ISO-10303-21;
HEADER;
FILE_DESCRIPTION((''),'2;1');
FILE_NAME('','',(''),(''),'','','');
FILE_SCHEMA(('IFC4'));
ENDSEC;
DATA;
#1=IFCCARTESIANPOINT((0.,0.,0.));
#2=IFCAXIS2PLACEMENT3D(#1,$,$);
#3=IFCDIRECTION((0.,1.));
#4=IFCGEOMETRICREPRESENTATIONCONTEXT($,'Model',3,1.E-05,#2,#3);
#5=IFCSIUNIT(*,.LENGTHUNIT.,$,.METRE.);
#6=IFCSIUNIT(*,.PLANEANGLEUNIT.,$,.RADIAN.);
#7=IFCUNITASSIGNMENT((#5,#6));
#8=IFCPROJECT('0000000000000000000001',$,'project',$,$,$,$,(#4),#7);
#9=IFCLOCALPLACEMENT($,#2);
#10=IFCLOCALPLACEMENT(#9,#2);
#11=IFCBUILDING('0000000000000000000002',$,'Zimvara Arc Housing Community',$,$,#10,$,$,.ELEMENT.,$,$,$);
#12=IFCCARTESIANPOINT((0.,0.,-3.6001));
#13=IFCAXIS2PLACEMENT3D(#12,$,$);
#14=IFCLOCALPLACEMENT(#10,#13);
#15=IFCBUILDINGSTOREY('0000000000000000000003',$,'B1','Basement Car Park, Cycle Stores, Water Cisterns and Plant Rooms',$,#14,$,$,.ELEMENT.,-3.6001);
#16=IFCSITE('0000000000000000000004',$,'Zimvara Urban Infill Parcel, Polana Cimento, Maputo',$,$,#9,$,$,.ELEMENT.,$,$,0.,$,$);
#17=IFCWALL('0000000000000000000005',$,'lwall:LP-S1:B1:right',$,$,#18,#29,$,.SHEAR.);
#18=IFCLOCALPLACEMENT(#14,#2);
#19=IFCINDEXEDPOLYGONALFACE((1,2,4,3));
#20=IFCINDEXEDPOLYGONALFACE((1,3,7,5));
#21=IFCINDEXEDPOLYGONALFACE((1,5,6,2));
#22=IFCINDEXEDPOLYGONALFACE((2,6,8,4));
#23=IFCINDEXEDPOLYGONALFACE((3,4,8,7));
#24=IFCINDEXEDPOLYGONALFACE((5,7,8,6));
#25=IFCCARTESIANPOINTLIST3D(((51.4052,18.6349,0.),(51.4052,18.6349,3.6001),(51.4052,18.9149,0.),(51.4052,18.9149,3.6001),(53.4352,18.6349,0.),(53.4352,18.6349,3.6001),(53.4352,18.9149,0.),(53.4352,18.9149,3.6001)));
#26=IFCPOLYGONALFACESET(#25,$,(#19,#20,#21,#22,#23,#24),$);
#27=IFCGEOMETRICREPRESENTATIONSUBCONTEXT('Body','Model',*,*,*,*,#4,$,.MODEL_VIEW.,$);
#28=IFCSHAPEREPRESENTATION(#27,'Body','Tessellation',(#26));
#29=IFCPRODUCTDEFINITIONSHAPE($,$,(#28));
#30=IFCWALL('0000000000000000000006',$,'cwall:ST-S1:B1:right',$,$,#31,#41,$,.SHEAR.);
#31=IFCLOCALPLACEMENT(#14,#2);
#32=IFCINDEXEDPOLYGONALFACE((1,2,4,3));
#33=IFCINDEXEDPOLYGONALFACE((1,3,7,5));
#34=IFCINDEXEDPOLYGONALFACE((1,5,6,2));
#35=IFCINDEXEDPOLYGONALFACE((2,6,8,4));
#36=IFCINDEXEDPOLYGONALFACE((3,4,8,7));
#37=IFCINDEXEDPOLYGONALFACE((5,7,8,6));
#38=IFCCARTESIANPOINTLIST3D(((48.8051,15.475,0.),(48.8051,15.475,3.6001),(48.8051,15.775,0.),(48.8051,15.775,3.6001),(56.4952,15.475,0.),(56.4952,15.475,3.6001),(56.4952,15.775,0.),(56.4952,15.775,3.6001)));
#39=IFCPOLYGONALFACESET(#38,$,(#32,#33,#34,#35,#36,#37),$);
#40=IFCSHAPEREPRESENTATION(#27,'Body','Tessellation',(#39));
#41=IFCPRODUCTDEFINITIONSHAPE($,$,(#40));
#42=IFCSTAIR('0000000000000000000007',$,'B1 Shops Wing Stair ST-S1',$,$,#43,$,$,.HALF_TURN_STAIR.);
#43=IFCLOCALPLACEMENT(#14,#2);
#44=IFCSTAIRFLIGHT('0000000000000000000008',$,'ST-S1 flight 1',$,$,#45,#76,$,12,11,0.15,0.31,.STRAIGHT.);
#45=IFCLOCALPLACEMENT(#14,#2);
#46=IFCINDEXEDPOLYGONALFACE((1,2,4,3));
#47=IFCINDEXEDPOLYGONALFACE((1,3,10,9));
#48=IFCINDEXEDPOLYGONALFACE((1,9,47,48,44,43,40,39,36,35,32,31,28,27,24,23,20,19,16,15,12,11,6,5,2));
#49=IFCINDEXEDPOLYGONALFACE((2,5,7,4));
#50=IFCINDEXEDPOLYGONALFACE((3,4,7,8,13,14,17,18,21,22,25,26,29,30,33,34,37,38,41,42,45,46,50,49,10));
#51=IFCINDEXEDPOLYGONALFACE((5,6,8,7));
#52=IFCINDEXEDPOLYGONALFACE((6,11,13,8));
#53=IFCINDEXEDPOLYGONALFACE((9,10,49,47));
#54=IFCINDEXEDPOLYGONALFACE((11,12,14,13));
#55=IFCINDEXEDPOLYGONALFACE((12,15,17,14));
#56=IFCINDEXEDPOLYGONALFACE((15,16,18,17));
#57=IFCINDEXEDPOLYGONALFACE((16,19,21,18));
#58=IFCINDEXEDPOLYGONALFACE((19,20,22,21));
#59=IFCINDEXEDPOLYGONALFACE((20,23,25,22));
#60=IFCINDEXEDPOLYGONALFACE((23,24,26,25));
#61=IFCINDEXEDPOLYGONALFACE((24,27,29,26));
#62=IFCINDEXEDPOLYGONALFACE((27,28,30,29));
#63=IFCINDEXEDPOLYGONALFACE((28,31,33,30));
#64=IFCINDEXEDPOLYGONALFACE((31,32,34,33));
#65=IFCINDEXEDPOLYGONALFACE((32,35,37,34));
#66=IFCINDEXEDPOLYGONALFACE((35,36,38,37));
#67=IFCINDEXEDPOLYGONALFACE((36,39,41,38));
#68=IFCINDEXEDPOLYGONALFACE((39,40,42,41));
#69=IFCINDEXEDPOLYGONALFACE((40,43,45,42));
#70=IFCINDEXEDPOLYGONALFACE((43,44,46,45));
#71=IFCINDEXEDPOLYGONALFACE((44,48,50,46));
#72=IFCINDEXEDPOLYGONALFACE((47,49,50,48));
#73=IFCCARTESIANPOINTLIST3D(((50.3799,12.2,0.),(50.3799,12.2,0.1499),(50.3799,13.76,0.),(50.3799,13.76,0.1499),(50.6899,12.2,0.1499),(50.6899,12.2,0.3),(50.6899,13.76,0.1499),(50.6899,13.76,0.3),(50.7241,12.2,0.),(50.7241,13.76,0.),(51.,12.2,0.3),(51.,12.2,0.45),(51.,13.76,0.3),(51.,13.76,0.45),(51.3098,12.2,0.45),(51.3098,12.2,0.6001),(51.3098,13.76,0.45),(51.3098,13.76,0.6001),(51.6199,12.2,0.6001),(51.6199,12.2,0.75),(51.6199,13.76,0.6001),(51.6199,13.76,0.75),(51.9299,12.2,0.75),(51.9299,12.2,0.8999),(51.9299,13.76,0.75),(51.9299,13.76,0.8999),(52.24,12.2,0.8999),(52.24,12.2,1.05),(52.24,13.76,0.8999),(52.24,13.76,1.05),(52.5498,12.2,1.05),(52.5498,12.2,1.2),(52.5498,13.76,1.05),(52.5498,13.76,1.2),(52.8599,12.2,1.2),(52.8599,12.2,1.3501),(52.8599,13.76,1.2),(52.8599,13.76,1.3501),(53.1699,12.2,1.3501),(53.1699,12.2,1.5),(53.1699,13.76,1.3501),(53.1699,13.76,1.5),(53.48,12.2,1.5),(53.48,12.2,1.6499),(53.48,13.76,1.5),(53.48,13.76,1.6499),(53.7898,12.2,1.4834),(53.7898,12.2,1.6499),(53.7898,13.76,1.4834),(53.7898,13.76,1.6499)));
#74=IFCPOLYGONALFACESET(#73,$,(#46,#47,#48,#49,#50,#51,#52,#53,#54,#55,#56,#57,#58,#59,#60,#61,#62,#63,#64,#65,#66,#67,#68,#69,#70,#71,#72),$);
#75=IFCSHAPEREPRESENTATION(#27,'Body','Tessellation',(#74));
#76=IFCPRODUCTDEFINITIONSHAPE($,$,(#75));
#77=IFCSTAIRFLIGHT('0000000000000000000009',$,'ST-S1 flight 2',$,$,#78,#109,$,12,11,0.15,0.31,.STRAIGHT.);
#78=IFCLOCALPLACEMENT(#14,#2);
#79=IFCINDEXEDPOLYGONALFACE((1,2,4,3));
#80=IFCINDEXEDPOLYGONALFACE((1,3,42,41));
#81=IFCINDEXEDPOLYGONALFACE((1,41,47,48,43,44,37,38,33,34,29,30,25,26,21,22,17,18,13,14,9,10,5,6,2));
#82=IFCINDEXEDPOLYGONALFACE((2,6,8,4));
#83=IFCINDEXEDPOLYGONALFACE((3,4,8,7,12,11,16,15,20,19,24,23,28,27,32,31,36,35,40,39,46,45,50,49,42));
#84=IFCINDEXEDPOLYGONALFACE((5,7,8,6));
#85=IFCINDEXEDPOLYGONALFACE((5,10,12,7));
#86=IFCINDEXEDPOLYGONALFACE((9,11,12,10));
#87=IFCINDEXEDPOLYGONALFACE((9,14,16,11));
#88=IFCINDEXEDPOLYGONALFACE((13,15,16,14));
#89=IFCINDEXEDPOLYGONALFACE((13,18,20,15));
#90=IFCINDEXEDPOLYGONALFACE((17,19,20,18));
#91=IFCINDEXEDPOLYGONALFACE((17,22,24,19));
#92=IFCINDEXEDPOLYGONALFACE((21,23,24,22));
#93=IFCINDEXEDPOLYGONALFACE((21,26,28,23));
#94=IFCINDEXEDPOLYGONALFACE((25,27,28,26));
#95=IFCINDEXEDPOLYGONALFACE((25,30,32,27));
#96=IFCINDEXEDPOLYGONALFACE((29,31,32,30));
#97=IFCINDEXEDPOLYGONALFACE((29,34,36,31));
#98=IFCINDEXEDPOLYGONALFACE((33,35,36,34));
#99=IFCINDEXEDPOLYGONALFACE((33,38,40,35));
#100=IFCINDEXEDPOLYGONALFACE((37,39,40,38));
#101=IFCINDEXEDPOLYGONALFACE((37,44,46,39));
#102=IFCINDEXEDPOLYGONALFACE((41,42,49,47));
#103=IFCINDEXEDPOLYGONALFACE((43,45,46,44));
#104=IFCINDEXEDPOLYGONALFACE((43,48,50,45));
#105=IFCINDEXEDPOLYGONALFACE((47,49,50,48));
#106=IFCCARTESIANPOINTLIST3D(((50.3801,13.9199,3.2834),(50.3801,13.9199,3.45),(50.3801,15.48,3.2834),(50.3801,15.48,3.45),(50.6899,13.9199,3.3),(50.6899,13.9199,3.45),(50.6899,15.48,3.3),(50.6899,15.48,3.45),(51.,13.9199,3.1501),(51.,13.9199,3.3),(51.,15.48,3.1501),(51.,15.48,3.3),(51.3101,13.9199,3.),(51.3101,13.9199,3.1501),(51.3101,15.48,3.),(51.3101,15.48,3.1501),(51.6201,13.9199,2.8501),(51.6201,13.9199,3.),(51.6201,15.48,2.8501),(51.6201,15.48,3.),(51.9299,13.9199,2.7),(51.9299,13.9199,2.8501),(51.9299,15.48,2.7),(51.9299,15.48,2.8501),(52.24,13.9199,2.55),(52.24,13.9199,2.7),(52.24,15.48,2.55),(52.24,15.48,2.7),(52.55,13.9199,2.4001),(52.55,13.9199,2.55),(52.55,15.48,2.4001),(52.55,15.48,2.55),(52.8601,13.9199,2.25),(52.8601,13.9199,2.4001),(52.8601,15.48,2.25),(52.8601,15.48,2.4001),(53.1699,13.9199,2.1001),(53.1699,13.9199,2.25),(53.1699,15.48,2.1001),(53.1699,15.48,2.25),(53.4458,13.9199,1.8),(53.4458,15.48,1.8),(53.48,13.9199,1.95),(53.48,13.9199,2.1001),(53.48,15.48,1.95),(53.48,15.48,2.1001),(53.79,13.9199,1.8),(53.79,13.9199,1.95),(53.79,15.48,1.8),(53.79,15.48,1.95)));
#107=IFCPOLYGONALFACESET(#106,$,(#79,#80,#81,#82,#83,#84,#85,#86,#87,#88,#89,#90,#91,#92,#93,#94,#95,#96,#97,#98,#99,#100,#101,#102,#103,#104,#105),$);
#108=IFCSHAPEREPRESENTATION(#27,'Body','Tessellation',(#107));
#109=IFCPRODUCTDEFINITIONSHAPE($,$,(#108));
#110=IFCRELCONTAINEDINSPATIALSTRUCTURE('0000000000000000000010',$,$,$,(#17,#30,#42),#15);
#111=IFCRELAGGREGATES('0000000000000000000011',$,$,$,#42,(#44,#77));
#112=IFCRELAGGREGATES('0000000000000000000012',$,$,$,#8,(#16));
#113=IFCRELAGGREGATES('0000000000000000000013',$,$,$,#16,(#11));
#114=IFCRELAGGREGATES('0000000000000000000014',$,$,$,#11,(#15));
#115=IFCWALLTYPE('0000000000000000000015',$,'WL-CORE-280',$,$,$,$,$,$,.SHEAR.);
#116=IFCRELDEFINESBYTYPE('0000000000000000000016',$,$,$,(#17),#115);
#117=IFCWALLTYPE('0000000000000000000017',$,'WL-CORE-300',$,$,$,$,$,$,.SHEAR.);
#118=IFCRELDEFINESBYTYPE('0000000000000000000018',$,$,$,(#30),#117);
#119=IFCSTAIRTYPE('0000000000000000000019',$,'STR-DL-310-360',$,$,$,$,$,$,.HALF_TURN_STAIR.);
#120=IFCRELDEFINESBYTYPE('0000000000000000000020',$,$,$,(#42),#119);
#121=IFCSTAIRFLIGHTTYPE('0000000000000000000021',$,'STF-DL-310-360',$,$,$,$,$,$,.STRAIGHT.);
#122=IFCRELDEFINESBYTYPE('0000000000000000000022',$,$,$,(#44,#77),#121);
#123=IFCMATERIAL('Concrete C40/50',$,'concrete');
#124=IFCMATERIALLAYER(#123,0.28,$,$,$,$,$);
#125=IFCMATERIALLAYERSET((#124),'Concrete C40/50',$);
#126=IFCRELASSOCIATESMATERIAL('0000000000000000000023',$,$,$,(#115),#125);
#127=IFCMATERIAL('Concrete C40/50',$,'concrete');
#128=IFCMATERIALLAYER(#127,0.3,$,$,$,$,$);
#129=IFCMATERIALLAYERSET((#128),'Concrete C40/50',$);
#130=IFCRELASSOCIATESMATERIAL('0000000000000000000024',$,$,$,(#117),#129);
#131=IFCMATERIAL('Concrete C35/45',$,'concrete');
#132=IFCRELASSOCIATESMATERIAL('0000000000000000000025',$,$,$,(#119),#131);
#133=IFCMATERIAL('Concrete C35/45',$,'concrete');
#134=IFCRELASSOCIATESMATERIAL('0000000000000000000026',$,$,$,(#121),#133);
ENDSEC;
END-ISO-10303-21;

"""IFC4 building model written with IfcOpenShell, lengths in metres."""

from ifc_helpers import new_model, si_unit, direction, frame, frame_2d, origin, place, context, subcontext, project, spatial, polyline, rectangle, outline, extrude, material, layer, layer_set, type_object, element, aggregate, save


model = new_model("IFC4")

# Units and contexts
model_context = context("Model", 3, precision=1e-05, world=origin(), true_north=direction((0.0, 1.0)))
body_context = subcontext(model_context, "Body", "Model", "MODEL_VIEW")
ifc_project = project(units=[si_unit("LENGTHUNIT", "METRE"), si_unit("PLANEANGLEUNIT", "RADIAN")], contexts=[model_context])

# Site, building, storey
site_placement = place(None, origin())
site = spatial("IfcSite", under=ifc_project, at=site_placement, Name="Zimvara Urban Infill Parcel, Polana Cimento, Maputo", CompositionType="ELEMENT", RefElevation=0.0)
building_placement = place(site_placement, origin())
building = spatial("IfcBuilding", under=site, at=building_placement, Name="Zimvara Arc Housing Community", CompositionType="ELEMENT")
storey_placement = place(building_placement, frame((0.0, 0.0, -3.6001)))
storey = spatial("IfcBuildingStorey", under=building, at=storey_placement, Name="B1", Description="Basement Car Park, Cycle Stores, Water Cisterns and Plant Rooms", CompositionType="ELEMENT", Elevation=-3.6001)

# Shared definitions
ifc_material_1 = material(Name="Concrete C40/50", Category="concrete")
ifc_layer_1 = layer(ifc_material_1, 0.28)
ifc_layer_set_1 = layer_set([ifc_layer_1], Name="Concrete C40/50")
wall_type_1 = type_object("IfcWallType", Name="WL-CORE-280", PredefinedType="SHEAR", material=ifc_layer_set_1)

# Walls
for number, where, z_axis, x_axis, name in (
    (1, (51.405, 18.7749, 0.0), (0.0, 0.0, 1.0), (1.0, 0.0, 0.0), "lwall:LP-S1:B1:right"),
):
    element("IfcWall", number, at=place(storey_placement, frame(where, z_axis=z_axis, x_axis=x_axis)), inside=storey, type_object=wall_type_1, Name=name, PredefinedType="SHEAR", context=body_context, shape_type="SweptSolid", body=[
        extrude(rectangle(XDim=2.03, YDim=0.28, at=frame_2d((1.0151, 0.0))), origin(), (0.0, 0.0, 1.0), 3.6001),
    ])
ifc_material_2 = material(Name="Concrete C40/50", Category="concrete")
ifc_layer_2 = layer(ifc_material_2, 0.3)
ifc_layer_set_2 = layer_set([ifc_layer_2], Name="Concrete C40/50")
wall_type_2 = type_object("IfcWallType", Name="WL-CORE-300", PredefinedType="SHEAR", material=ifc_layer_set_2)
wall_1_placement = place(storey_placement, frame((48.8049, 15.625, 0.0), z_axis=(0.0, 0.0, 1.0), x_axis=(1.0, 0.0, 0.0)))
element("IfcWall", 2, at=wall_1_placement, inside=storey, type_object=wall_type_2, Name="cwall:ST-S1:B1:right", PredefinedType="SHEAR", context=body_context, shape_type="SweptSolid", body=[
    extrude(rectangle(XDim=7.6902, YDim=0.3, at=frame_2d((3.8452, 0.0))), origin(), (0.0, 0.0, 1.0), 3.6001),
])

# Stair, stair flights
ifc_material_3 = material(Name="Concrete C35/45", Category="concrete")
stair_type = type_object("IfcStairType", Name="STR-DL-310-360", PredefinedType="HALF_TURN_STAIR", material=ifc_material_3)
stair_placement = place(storey_placement, origin())
stair = element("IfcStair", 3, at=stair_placement, inside=storey, type_object=stair_type, Name="B1 Shops Wing Stair ST-S1", PredefinedType="HALF_TURN_STAIR")
ifc_material_4 = material(Name="Concrete C35/45", Category="concrete")
stair_flight_type = type_object("IfcStairFlightType", Name="STF-DL-310-360", PredefinedType="STRAIGHT", material=ifc_material_4)
stair_flight_1_placement = place(storey_placement, frame((50.3799, 12.98, 0.0), z_axis=(0.0, 0.0, 1.0), x_axis=(1.0, 0.0, 0.0)))
stair_flight_1 = element("IfcStairFlight", 4, at=stair_flight_1_placement, type_object=stair_flight_type, Name="ST-S1 flight 1", NumberOfRisers=12, NumberOfTreads=11, PredefinedType="STRAIGHT", RiserHeight=0.15, TreadLength=0.31, context=body_context, shape_type="SweptSolid", body=[
    extrude(outline(polyline([(0.0, 0.0), (0.0, 0.1499), (0.3101, 0.1499), (0.3101, 0.3), (0.6201, 0.3), (0.6201, 0.45), (0.9299, 0.45), (0.9299, 0.6001), (1.24, 0.6001), (1.24, 0.75), (1.55, 0.75), (1.55, 0.8999), (1.8601, 0.8999), (1.8601, 1.05), (2.1699, 1.05), (2.1699, 1.2), (2.48, 1.2), (2.48, 1.3501), (2.79, 1.3501), (2.79, 1.5), (3.1001, 1.5), (3.1001, 1.6499), (3.4099, 1.6499), (3.4099, 1.8), (3.4099, 1.4834), (0.3442, 0.0), (0.0, 0.0)])), frame((0.0, 0.78, 0.0), z_axis=(0.0, -1.0, 0.0), x_axis=(1.0, 0.0, 0.0)), (0.0, 0.0, 1.0), 1.5601),
])
stair_flight_2_placement = place(storey_placement, frame((53.79, 14.7, 1.8), z_axis=(0.0, 0.0, 1.0), x_axis=(-1.0, 0.0, 0.0)))
stair_flight_2 = element("IfcStairFlight", 5, at=stair_flight_2_placement, type_object=stair_flight_type, Name="ST-S1 flight 2", NumberOfRisers=12, NumberOfTreads=11, PredefinedType="STRAIGHT", RiserHeight=0.15, TreadLength=0.31, context=body_context, shape_type="SweptSolid", body=[
    extrude(outline(polyline([(0.0, 0.0), (0.0, 0.1499), (0.3101, 0.1499), (0.3101, 0.3), (0.6201, 0.3), (0.6201, 0.45), (0.9299, 0.45), (0.9299, 0.6001), (1.24, 0.6001), (1.24, 0.75), (1.55, 0.75), (1.55, 0.8999), (1.8601, 0.8999), (1.8601, 1.05), (2.1699, 1.05), (2.1699, 1.2), (2.48, 1.2), (2.48, 1.3501), (2.79, 1.3501), (2.79, 1.5), (3.1001, 1.5), (3.1001, 1.6499), (3.4099, 1.6499), (3.4099, 1.8), (3.4099, 1.4834), (0.3442, 0.0), (0.0, 0.0)])), frame((0.0, 0.78, 0.0), z_axis=(0.0, -1.0, 0.0), x_axis=(1.0, 0.0, 0.0)), (0.0, 0.0, 1.0), 1.5601),
])
aggregate(stair, [stair_flight_1, stair_flight_2])

save(model, "model.ifc")
